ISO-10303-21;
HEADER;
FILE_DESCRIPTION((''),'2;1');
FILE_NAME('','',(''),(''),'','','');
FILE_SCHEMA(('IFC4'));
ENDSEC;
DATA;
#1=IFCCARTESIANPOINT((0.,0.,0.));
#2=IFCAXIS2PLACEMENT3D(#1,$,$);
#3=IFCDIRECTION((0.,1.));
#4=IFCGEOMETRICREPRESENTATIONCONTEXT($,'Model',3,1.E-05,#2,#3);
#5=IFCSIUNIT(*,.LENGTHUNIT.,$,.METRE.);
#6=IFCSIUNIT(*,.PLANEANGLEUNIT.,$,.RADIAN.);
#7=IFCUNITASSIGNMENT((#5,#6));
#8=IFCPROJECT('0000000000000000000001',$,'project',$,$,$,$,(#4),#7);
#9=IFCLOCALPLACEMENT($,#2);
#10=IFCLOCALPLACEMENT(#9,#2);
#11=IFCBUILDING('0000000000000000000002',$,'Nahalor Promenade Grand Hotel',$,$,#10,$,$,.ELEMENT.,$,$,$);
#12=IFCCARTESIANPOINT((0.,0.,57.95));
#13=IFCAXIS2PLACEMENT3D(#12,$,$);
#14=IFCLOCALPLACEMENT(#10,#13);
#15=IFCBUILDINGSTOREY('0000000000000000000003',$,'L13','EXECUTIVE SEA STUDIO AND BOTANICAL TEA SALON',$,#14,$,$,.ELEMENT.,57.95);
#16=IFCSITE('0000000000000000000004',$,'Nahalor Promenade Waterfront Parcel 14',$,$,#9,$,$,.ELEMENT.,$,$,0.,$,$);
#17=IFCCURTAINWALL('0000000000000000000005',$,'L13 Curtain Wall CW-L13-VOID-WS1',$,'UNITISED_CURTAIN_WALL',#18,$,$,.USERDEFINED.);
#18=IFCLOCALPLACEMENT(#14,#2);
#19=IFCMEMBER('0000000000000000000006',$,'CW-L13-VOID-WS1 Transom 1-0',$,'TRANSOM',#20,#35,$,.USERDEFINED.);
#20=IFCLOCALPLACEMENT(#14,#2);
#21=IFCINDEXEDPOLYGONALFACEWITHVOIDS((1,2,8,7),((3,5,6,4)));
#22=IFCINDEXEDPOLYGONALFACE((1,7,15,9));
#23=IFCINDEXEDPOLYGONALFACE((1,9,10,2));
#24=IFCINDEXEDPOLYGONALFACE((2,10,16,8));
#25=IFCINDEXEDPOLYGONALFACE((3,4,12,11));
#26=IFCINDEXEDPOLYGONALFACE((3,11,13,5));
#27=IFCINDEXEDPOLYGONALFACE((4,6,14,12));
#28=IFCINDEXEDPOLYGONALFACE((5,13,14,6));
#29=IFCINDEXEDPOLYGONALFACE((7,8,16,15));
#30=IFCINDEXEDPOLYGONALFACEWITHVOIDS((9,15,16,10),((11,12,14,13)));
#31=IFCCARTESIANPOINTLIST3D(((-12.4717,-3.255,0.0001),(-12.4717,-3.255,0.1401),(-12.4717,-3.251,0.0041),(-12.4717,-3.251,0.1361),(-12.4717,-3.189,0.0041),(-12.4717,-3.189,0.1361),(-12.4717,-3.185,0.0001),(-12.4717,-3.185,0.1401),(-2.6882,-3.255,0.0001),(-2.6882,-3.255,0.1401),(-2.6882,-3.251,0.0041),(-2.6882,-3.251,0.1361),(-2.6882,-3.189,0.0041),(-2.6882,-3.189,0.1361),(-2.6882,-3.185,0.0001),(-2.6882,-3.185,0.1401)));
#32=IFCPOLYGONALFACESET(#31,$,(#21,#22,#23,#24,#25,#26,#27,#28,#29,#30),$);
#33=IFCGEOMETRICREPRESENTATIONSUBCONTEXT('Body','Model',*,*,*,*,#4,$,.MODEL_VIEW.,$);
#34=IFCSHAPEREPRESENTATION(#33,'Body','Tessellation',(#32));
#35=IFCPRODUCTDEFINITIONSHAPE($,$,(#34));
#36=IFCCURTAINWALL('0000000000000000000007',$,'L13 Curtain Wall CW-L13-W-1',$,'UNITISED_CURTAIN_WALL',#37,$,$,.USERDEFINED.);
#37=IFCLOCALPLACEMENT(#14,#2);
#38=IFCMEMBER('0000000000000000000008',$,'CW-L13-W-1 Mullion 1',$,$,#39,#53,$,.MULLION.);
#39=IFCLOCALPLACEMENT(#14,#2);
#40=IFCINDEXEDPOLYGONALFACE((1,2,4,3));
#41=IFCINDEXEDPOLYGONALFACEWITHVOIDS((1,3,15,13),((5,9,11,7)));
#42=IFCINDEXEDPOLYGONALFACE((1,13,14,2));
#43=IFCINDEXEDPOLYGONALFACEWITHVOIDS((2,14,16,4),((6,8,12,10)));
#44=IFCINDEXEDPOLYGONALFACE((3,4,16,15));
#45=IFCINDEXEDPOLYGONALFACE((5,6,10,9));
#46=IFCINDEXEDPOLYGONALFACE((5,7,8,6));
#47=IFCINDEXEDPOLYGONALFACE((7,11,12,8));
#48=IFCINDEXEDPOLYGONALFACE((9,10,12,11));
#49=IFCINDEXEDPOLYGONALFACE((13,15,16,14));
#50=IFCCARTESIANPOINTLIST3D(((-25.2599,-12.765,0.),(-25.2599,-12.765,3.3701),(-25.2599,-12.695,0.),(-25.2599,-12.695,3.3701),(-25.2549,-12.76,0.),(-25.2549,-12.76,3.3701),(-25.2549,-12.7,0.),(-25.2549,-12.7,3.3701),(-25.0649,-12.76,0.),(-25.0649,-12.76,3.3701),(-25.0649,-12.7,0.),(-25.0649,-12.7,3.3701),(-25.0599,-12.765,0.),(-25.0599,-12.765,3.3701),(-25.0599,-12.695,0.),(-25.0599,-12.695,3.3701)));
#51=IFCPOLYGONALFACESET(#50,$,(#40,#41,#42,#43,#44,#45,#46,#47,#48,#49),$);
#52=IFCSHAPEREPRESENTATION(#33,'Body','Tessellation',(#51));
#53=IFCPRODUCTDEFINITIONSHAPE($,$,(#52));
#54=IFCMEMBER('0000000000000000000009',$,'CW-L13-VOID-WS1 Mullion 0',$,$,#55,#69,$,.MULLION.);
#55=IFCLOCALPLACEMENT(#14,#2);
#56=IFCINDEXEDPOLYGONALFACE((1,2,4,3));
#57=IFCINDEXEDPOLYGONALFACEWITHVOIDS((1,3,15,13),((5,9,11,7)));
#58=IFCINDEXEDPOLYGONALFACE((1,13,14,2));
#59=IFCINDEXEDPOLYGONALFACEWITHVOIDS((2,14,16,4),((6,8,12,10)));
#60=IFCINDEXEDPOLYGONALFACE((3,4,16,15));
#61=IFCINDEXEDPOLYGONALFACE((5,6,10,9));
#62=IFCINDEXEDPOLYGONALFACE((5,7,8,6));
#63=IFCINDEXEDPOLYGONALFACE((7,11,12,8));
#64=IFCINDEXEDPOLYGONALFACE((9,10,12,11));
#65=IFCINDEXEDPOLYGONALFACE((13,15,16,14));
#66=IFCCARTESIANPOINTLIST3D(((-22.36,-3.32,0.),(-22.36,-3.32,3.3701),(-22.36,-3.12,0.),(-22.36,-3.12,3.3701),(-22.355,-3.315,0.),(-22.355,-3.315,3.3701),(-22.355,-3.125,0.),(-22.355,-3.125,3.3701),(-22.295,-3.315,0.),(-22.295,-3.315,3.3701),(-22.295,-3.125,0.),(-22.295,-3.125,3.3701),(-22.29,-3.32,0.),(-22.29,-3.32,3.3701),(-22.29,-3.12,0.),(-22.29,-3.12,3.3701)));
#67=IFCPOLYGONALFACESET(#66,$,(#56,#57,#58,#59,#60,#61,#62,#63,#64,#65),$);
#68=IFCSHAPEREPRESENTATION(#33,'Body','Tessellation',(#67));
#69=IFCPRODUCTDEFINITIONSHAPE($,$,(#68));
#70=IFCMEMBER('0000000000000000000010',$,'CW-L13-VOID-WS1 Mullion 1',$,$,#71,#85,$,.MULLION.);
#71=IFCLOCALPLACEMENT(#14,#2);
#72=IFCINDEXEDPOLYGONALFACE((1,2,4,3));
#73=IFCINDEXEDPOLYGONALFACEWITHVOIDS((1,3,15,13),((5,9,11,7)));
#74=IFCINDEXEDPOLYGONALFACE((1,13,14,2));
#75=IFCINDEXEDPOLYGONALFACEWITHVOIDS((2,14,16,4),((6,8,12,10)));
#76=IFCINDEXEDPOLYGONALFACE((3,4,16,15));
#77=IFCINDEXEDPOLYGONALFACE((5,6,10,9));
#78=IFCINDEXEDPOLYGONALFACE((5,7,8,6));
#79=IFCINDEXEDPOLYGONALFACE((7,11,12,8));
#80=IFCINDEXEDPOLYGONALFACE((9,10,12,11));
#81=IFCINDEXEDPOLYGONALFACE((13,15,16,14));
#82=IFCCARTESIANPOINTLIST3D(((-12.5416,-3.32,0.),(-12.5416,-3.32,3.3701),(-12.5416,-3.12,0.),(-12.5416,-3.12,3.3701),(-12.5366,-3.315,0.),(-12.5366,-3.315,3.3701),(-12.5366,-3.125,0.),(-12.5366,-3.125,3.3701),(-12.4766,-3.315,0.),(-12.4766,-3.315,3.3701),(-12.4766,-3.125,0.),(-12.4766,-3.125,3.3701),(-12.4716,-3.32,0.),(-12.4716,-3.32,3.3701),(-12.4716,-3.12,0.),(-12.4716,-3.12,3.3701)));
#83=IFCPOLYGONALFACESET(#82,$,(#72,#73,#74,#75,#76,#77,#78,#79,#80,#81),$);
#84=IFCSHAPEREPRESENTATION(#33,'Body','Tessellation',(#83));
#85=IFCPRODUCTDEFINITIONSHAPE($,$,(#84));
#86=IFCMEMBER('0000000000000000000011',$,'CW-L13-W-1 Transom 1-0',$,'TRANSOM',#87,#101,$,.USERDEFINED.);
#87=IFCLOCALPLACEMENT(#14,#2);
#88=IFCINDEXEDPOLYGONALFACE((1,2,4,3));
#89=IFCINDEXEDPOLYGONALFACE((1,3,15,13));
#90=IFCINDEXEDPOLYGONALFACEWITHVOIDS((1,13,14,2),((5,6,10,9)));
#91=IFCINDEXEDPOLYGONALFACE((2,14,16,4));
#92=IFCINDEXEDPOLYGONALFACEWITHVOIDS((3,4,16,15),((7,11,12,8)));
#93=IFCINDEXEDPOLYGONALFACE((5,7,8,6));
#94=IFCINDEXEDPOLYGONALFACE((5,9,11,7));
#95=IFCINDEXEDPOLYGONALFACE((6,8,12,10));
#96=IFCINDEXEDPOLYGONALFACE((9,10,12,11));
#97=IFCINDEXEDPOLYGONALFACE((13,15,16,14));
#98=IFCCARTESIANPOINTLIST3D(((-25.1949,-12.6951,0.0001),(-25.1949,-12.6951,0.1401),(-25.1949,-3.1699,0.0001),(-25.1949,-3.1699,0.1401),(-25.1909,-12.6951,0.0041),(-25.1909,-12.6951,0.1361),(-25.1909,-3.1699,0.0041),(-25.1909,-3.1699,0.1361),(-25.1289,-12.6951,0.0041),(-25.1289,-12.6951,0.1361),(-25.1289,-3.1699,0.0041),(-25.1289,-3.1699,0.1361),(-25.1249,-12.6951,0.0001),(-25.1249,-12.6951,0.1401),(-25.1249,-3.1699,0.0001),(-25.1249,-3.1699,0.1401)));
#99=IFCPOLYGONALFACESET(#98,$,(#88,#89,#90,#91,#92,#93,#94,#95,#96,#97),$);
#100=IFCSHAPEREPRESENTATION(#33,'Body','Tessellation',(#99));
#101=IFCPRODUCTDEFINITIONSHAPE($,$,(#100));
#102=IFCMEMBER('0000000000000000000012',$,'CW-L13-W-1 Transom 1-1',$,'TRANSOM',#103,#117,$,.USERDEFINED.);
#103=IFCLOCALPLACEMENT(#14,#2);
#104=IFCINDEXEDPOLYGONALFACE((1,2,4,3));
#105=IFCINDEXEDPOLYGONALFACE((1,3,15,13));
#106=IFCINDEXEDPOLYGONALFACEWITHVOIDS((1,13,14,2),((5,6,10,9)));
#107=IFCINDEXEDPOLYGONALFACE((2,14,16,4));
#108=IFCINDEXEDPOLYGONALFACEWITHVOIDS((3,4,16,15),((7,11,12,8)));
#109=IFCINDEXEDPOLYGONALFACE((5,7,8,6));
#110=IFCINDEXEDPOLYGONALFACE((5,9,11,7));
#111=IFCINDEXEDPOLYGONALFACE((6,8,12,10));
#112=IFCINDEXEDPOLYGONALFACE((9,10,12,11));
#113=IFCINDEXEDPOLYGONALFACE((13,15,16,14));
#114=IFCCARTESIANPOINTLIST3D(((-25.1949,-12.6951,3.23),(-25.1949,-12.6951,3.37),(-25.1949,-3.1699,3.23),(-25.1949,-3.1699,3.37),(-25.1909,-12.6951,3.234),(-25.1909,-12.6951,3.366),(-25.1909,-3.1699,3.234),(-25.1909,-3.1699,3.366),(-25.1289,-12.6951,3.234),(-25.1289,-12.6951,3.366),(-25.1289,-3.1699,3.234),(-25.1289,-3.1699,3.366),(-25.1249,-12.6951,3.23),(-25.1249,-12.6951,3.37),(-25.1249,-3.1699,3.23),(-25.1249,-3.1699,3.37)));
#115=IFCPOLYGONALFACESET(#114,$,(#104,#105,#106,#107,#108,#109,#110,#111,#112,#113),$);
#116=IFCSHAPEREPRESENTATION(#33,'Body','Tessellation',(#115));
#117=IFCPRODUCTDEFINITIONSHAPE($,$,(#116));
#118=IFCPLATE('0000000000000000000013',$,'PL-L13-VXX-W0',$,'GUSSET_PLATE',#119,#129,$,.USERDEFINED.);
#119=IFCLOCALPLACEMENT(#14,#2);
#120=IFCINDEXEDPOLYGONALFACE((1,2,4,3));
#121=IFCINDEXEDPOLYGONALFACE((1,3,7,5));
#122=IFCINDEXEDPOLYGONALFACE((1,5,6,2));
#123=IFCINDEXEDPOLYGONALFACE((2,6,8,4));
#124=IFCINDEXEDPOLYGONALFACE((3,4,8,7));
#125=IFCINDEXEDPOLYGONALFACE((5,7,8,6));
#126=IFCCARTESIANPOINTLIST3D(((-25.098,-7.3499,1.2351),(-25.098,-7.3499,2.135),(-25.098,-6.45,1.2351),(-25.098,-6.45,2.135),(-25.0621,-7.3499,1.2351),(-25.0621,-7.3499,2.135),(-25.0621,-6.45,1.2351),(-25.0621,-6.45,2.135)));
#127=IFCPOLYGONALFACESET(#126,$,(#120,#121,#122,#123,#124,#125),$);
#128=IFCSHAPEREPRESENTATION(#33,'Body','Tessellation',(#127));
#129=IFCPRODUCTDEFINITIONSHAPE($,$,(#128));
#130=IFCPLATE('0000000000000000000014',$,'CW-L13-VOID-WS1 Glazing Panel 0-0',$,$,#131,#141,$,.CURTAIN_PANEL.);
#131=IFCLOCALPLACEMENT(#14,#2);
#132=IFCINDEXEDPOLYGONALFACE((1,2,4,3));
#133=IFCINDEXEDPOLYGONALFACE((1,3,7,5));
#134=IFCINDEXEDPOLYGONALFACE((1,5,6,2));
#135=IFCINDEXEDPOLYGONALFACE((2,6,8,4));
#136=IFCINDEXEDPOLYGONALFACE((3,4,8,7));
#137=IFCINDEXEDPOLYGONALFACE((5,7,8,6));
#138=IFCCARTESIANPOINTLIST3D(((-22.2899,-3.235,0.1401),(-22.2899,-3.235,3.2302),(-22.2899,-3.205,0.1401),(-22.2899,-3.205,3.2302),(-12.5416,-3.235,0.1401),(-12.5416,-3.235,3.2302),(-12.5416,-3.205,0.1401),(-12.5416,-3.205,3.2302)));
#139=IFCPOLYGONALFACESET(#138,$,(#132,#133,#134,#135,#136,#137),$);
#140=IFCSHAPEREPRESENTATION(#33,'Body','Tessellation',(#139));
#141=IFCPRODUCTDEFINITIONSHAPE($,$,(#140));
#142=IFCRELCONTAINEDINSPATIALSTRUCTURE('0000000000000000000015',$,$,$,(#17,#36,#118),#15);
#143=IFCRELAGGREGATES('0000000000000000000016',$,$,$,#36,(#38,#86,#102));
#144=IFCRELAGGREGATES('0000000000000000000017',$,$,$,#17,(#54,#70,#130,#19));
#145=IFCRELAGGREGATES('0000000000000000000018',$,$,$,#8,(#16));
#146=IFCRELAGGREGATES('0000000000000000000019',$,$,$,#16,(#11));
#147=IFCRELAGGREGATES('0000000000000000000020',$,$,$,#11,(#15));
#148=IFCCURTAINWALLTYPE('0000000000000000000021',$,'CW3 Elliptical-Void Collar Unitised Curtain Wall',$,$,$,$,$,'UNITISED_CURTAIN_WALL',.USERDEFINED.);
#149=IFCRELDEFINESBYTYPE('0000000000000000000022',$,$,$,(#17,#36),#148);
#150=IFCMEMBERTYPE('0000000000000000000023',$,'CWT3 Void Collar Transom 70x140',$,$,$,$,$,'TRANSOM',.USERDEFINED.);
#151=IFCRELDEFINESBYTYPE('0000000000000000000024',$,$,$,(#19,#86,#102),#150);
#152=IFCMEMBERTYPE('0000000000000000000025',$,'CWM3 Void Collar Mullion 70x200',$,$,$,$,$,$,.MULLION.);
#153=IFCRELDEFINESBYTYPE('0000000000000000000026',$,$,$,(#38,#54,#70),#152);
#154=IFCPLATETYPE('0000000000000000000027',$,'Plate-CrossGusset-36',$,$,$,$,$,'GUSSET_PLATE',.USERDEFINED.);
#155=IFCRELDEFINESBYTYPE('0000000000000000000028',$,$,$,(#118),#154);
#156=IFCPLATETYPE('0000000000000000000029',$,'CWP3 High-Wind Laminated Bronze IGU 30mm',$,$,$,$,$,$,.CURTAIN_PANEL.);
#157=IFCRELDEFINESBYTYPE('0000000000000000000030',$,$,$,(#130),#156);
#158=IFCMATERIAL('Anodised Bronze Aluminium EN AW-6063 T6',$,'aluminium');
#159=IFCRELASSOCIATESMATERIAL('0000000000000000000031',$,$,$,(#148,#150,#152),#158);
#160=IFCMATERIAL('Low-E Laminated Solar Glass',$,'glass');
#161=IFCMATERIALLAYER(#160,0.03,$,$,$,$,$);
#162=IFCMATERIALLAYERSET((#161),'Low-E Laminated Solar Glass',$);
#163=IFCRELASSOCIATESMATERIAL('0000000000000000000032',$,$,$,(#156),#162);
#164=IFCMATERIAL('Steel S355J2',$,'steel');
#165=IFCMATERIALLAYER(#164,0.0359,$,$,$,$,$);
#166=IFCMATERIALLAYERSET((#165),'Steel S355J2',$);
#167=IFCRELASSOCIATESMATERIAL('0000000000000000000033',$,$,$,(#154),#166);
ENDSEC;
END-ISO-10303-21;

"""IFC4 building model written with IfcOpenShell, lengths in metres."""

from ifc_helpers import new_model, si_unit, direction, frame, origin, origin_2d, place, context, subcontext, project, spatial, rectangle, hollow_rectangle, extrude, source, transform, mapped, material, layer, layer_set, material_profile, profile_set, type_object, element, aggregate, save


model = new_model("IFC4")

# Units and contexts
model_context = context("Model", 3, precision=1e-05, world=origin(), true_north=direction((0.0, 1.0)))
body_context = subcontext(model_context, "Body", "Model", "MODEL_VIEW")
ifc_project = project(units=[si_unit("LENGTHUNIT", "METRE"), si_unit("PLANEANGLEUNIT", "RADIAN")], contexts=[model_context])

# Site, building, storey
site_placement = place(None, origin())
site = spatial("IfcSite", under=ifc_project, at=site_placement, Name="Nahalor Promenade Waterfront Parcel 14", CompositionType="ELEMENT", RefElevation=0.0)
building_placement = place(site_placement, origin())
building = spatial("IfcBuilding", under=site, at=building_placement, Name="Nahalor Promenade Grand Hotel", CompositionType="ELEMENT")
storey_placement = place(building_placement, frame((0.0, 0.0, 57.95)))
storey = spatial("IfcBuildingStorey", under=building, at=storey_placement, Name="L13", Description="EXECUTIVE SEA STUDIO AND BOTANICAL TEA SALON", CompositionType="ELEMENT", Elevation=57.95)

# Shared definitions
ifc_material_1 = material(Name="Steel S355J2", Category="steel")

# Curtain wall, member
ifc_material_2 = material(Name="Anodised Bronze Aluminium EN AW-6063 T6", Category="aluminium")
curtain_wall_type = type_object("IfcCurtainWallType", Name="CW3 Elliptical-Void Collar Unitised Curtain Wall", ElementType="UNITISED_CURTAIN_WALL", PredefinedType="USERDEFINED", material=ifc_material_2)
curtain_wall_1_placement = place(storey_placement, origin())
curtain_wall_1 = element("IfcCurtainWall", 1, at=curtain_wall_1_placement, inside=storey, type_object=curtain_wall_type, Name="L13 Curtain Wall CW-L13-VOID-WS1", ObjectType="UNITISED_CURTAIN_WALL", PredefinedType="USERDEFINED")
ifc_material_profile_1 = material_profile(ifc_material_2, hollow_rectangle(XDim=0.07, YDim=0.14, WallThickness=0.004, at=origin_2d()), Name="CWT 70x140x4")
ifc_profile_set_1 = profile_set([ifc_material_profile_1], Name="Anodised Bronze Aluminium EN AW-6063 T6")
member_type_1 = type_object("IfcMemberType", Name="CWT3 Void Collar Transom 70x140", ElementType="TRANSOM", PredefinedType="USERDEFINED", material=ifc_profile_set_1)
shared_shape_1 = source(origin(), body_context, "Body", "SweptSolid", [
    extrude(hollow_rectangle(XDim=0.07, YDim=0.14, WallThickness=0.004, at=origin_2d()), origin(), (0.0, 0.0, 1.0), 9.7834),
])
member_1_placement = place(storey_placement, frame((-12.4717, -3.22, 0.0701), z_axis=(1.0, 0.0, 0.0), x_axis=(0.0, 1.0, 0.0)))
member_1 = element("IfcMember", 2, at=member_1_placement, type_object=member_type_1, Name="CW-L13-VOID-WS1 Transom 1-0", ObjectType="TRANSOM", PredefinedType="USERDEFINED", context=body_context, shape_type="MappedRepresentation", body=[
    mapped(shared_shape_1, transform((0.0, 0.0, 0.0), scale=1.0)),
])

# Curtain wall, member
curtain_wall_2_placement = place(storey_placement, origin())
curtain_wall_2 = element("IfcCurtainWall", 3, at=curtain_wall_2_placement, inside=storey, type_object=curtain_wall_type, Name="L13 Curtain Wall CW-L13-W-1", ObjectType="UNITISED_CURTAIN_WALL", PredefinedType="USERDEFINED")
ifc_material_profile_2 = material_profile(ifc_material_2, hollow_rectangle(XDim=0.07, YDim=0.2, WallThickness=0.005, at=origin_2d()), Name="CWM 70x200x5")
ifc_profile_set_2 = profile_set([ifc_material_profile_2], Name="Anodised Bronze Aluminium EN AW-6063 T6")
member_type_2 = type_object("IfcMemberType", Name="CWM3 Void Collar Mullion 70x200", PredefinedType="MULLION", material=ifc_profile_set_2)
shared_shape_2 = source(origin(), body_context, "Body", "SweptSolid", [
    extrude(hollow_rectangle(XDim=0.07, YDim=0.2, WallThickness=0.005, at=origin_2d()), origin(), (0.0, 0.0, 1.0), 3.3701),
])
member_2_placement = place(storey_placement, frame((-25.1599, -12.73, 0.0), z_axis=(0.0, 0.0, 1.0), x_axis=(0.0, 1.0, 0.0)))
member_2 = element("IfcMember", 4, at=member_2_placement, type_object=member_type_2, Name="CW-L13-W-1 Mullion 1", PredefinedType="MULLION", context=body_context, shape_type="MappedRepresentation", body=[
    mapped(shared_shape_2, transform((0.0, 0.0, 0.0), scale=1.0)),
])

# Members
member_3_placement = place(storey_placement, frame((-22.325, -3.22, 0.0), z_axis=(0.0, 0.0, 1.0), x_axis=(1.0, 0.0, 0.0)))
member_3 = element("IfcMember", 5, at=member_3_placement, type_object=member_type_2, Name="CW-L13-VOID-WS1 Mullion 0", PredefinedType="MULLION", context=body_context, shape_type="MappedRepresentation", body=[
    mapped(shared_shape_2, transform((0.0, 0.0, 0.0), scale=1.0)),
])
member_4_placement = place(storey_placement, frame((-12.5066, -3.22, 0.0), z_axis=(0.0, 0.0, 1.0), x_axis=(1.0, 0.0, 0.0)))
member_4 = element("IfcMember", 6, at=member_4_placement, type_object=member_type_2, Name="CW-L13-VOID-WS1 Mullion 1", PredefinedType="MULLION", context=body_context, shape_type="MappedRepresentation", body=[
    mapped(shared_shape_2, transform((0.0, 0.0, 0.0), scale=1.0)),
])
shared_shape_3 = source(origin(), body_context, "Body", "SweptSolid", [
    extrude(hollow_rectangle(XDim=0.07, YDim=0.14, WallThickness=0.004, at=origin_2d()), origin(), (0.0, 0.0, 1.0), 9.5251),
])
member_5_placement = place(storey_placement, frame((-25.1599, -12.6951, 0.0701), z_axis=(0.0, 1.0, 0.0), x_axis=(-1.0, 0.0, 0.0)))
member_5 = element("IfcMember", 7, at=member_5_placement, type_object=member_type_1, Name="CW-L13-W-1 Transom 1-0", ObjectType="TRANSOM", PredefinedType="USERDEFINED", context=body_context, shape_type="MappedRepresentation", body=[
    mapped(shared_shape_3, transform((0.0, 0.0, 0.0), scale=1.0)),
])
member_6_placement = place(storey_placement, frame((-25.1599, -12.6951, 3.3), z_axis=(0.0, 1.0, 0.0), x_axis=(-1.0, 0.0, 0.0)))
member_6 = element("IfcMember", 8, at=member_6_placement, type_object=member_type_1, Name="CW-L13-W-1 Transom 1-1", ObjectType="TRANSOM", PredefinedType="USERDEFINED", context=body_context, shape_type="MappedRepresentation", body=[
    mapped(shared_shape_3, transform((0.0, 0.0, 0.0), scale=1.0)),
])

# Plates
ifc_material_3 = material(Name="Low-E Laminated Solar Glass", Category="glass")
ifc_layer_1 = layer(ifc_material_3, 0.03)
ifc_layer_set_1 = layer_set([ifc_layer_1], Name="Low-E Laminated Solar Glass")
plate_type_1 = type_object("IfcPlateType", Name="CWP3 High-Wind Laminated Bronze IGU 30mm", PredefinedType="CURTAIN_PANEL", material=ifc_layer_set_1)
aggregate(curtain_wall_2, [member_2, member_5, member_6])
ifc_layer_2 = layer(ifc_material_1, 0.0359)
ifc_layer_set_2 = layer_set([ifc_layer_2], Name="Steel S355J2")
plate_type_2 = type_object("IfcPlateType", Name="Plate-CrossGusset-36", ElementType="GUSSET_PLATE", PredefinedType="USERDEFINED", material=ifc_layer_set_2)
shared_shape_4 = source(origin(), body_context, "Body", "SweptSolid", [
    extrude(rectangle(XDim=0.8999, YDim=0.0359, at=origin_2d()), origin(), (0.0, 0.0, 1.0), 0.8999),
])
plate_1_placement = place(storey_placement, frame((-25.0801, -6.8999, 1.2351), z_axis=(0.0, 0.0, 1.0), x_axis=(0.0, 1.0, 0.0)))
element("IfcPlate", 9, at=plate_1_placement, inside=storey, type_object=plate_type_2, Name="PL-L13-VXX-W0", ObjectType="GUSSET_PLATE", PredefinedType="USERDEFINED", context=body_context, shape_type="MappedRepresentation", body=[
    mapped(shared_shape_4, transform((0.0, 0.0, 0.0), scale=1.0)),
])
shared_shape_5 = source(origin(), body_context, "Body", "SweptSolid", [
    extrude(rectangle(XDim=9.7483, YDim=0.03, at=origin_2d()), origin(), (0.0, 0.0, 1.0), 3.0901),
])
plate_2_placement = place(storey_placement, frame((-17.4158, -3.22, 0.1401), z_axis=(0.0, 0.0, 1.0), x_axis=(1.0, 0.0, 0.0)))
plate_2 = element("IfcPlate", 10, at=plate_2_placement, type_object=plate_type_1, Name="CW-L13-VOID-WS1 Glazing Panel 0-0", PredefinedType="CURTAIN_PANEL", context=body_context, shape_type="MappedRepresentation", body=[
    mapped(shared_shape_5, transform((0.0, 0.0, 0.0), scale=1.0)),
])
aggregate(curtain_wall_1, [member_3, member_4, plate_2, member_1])

save(model, "model.ifc")
